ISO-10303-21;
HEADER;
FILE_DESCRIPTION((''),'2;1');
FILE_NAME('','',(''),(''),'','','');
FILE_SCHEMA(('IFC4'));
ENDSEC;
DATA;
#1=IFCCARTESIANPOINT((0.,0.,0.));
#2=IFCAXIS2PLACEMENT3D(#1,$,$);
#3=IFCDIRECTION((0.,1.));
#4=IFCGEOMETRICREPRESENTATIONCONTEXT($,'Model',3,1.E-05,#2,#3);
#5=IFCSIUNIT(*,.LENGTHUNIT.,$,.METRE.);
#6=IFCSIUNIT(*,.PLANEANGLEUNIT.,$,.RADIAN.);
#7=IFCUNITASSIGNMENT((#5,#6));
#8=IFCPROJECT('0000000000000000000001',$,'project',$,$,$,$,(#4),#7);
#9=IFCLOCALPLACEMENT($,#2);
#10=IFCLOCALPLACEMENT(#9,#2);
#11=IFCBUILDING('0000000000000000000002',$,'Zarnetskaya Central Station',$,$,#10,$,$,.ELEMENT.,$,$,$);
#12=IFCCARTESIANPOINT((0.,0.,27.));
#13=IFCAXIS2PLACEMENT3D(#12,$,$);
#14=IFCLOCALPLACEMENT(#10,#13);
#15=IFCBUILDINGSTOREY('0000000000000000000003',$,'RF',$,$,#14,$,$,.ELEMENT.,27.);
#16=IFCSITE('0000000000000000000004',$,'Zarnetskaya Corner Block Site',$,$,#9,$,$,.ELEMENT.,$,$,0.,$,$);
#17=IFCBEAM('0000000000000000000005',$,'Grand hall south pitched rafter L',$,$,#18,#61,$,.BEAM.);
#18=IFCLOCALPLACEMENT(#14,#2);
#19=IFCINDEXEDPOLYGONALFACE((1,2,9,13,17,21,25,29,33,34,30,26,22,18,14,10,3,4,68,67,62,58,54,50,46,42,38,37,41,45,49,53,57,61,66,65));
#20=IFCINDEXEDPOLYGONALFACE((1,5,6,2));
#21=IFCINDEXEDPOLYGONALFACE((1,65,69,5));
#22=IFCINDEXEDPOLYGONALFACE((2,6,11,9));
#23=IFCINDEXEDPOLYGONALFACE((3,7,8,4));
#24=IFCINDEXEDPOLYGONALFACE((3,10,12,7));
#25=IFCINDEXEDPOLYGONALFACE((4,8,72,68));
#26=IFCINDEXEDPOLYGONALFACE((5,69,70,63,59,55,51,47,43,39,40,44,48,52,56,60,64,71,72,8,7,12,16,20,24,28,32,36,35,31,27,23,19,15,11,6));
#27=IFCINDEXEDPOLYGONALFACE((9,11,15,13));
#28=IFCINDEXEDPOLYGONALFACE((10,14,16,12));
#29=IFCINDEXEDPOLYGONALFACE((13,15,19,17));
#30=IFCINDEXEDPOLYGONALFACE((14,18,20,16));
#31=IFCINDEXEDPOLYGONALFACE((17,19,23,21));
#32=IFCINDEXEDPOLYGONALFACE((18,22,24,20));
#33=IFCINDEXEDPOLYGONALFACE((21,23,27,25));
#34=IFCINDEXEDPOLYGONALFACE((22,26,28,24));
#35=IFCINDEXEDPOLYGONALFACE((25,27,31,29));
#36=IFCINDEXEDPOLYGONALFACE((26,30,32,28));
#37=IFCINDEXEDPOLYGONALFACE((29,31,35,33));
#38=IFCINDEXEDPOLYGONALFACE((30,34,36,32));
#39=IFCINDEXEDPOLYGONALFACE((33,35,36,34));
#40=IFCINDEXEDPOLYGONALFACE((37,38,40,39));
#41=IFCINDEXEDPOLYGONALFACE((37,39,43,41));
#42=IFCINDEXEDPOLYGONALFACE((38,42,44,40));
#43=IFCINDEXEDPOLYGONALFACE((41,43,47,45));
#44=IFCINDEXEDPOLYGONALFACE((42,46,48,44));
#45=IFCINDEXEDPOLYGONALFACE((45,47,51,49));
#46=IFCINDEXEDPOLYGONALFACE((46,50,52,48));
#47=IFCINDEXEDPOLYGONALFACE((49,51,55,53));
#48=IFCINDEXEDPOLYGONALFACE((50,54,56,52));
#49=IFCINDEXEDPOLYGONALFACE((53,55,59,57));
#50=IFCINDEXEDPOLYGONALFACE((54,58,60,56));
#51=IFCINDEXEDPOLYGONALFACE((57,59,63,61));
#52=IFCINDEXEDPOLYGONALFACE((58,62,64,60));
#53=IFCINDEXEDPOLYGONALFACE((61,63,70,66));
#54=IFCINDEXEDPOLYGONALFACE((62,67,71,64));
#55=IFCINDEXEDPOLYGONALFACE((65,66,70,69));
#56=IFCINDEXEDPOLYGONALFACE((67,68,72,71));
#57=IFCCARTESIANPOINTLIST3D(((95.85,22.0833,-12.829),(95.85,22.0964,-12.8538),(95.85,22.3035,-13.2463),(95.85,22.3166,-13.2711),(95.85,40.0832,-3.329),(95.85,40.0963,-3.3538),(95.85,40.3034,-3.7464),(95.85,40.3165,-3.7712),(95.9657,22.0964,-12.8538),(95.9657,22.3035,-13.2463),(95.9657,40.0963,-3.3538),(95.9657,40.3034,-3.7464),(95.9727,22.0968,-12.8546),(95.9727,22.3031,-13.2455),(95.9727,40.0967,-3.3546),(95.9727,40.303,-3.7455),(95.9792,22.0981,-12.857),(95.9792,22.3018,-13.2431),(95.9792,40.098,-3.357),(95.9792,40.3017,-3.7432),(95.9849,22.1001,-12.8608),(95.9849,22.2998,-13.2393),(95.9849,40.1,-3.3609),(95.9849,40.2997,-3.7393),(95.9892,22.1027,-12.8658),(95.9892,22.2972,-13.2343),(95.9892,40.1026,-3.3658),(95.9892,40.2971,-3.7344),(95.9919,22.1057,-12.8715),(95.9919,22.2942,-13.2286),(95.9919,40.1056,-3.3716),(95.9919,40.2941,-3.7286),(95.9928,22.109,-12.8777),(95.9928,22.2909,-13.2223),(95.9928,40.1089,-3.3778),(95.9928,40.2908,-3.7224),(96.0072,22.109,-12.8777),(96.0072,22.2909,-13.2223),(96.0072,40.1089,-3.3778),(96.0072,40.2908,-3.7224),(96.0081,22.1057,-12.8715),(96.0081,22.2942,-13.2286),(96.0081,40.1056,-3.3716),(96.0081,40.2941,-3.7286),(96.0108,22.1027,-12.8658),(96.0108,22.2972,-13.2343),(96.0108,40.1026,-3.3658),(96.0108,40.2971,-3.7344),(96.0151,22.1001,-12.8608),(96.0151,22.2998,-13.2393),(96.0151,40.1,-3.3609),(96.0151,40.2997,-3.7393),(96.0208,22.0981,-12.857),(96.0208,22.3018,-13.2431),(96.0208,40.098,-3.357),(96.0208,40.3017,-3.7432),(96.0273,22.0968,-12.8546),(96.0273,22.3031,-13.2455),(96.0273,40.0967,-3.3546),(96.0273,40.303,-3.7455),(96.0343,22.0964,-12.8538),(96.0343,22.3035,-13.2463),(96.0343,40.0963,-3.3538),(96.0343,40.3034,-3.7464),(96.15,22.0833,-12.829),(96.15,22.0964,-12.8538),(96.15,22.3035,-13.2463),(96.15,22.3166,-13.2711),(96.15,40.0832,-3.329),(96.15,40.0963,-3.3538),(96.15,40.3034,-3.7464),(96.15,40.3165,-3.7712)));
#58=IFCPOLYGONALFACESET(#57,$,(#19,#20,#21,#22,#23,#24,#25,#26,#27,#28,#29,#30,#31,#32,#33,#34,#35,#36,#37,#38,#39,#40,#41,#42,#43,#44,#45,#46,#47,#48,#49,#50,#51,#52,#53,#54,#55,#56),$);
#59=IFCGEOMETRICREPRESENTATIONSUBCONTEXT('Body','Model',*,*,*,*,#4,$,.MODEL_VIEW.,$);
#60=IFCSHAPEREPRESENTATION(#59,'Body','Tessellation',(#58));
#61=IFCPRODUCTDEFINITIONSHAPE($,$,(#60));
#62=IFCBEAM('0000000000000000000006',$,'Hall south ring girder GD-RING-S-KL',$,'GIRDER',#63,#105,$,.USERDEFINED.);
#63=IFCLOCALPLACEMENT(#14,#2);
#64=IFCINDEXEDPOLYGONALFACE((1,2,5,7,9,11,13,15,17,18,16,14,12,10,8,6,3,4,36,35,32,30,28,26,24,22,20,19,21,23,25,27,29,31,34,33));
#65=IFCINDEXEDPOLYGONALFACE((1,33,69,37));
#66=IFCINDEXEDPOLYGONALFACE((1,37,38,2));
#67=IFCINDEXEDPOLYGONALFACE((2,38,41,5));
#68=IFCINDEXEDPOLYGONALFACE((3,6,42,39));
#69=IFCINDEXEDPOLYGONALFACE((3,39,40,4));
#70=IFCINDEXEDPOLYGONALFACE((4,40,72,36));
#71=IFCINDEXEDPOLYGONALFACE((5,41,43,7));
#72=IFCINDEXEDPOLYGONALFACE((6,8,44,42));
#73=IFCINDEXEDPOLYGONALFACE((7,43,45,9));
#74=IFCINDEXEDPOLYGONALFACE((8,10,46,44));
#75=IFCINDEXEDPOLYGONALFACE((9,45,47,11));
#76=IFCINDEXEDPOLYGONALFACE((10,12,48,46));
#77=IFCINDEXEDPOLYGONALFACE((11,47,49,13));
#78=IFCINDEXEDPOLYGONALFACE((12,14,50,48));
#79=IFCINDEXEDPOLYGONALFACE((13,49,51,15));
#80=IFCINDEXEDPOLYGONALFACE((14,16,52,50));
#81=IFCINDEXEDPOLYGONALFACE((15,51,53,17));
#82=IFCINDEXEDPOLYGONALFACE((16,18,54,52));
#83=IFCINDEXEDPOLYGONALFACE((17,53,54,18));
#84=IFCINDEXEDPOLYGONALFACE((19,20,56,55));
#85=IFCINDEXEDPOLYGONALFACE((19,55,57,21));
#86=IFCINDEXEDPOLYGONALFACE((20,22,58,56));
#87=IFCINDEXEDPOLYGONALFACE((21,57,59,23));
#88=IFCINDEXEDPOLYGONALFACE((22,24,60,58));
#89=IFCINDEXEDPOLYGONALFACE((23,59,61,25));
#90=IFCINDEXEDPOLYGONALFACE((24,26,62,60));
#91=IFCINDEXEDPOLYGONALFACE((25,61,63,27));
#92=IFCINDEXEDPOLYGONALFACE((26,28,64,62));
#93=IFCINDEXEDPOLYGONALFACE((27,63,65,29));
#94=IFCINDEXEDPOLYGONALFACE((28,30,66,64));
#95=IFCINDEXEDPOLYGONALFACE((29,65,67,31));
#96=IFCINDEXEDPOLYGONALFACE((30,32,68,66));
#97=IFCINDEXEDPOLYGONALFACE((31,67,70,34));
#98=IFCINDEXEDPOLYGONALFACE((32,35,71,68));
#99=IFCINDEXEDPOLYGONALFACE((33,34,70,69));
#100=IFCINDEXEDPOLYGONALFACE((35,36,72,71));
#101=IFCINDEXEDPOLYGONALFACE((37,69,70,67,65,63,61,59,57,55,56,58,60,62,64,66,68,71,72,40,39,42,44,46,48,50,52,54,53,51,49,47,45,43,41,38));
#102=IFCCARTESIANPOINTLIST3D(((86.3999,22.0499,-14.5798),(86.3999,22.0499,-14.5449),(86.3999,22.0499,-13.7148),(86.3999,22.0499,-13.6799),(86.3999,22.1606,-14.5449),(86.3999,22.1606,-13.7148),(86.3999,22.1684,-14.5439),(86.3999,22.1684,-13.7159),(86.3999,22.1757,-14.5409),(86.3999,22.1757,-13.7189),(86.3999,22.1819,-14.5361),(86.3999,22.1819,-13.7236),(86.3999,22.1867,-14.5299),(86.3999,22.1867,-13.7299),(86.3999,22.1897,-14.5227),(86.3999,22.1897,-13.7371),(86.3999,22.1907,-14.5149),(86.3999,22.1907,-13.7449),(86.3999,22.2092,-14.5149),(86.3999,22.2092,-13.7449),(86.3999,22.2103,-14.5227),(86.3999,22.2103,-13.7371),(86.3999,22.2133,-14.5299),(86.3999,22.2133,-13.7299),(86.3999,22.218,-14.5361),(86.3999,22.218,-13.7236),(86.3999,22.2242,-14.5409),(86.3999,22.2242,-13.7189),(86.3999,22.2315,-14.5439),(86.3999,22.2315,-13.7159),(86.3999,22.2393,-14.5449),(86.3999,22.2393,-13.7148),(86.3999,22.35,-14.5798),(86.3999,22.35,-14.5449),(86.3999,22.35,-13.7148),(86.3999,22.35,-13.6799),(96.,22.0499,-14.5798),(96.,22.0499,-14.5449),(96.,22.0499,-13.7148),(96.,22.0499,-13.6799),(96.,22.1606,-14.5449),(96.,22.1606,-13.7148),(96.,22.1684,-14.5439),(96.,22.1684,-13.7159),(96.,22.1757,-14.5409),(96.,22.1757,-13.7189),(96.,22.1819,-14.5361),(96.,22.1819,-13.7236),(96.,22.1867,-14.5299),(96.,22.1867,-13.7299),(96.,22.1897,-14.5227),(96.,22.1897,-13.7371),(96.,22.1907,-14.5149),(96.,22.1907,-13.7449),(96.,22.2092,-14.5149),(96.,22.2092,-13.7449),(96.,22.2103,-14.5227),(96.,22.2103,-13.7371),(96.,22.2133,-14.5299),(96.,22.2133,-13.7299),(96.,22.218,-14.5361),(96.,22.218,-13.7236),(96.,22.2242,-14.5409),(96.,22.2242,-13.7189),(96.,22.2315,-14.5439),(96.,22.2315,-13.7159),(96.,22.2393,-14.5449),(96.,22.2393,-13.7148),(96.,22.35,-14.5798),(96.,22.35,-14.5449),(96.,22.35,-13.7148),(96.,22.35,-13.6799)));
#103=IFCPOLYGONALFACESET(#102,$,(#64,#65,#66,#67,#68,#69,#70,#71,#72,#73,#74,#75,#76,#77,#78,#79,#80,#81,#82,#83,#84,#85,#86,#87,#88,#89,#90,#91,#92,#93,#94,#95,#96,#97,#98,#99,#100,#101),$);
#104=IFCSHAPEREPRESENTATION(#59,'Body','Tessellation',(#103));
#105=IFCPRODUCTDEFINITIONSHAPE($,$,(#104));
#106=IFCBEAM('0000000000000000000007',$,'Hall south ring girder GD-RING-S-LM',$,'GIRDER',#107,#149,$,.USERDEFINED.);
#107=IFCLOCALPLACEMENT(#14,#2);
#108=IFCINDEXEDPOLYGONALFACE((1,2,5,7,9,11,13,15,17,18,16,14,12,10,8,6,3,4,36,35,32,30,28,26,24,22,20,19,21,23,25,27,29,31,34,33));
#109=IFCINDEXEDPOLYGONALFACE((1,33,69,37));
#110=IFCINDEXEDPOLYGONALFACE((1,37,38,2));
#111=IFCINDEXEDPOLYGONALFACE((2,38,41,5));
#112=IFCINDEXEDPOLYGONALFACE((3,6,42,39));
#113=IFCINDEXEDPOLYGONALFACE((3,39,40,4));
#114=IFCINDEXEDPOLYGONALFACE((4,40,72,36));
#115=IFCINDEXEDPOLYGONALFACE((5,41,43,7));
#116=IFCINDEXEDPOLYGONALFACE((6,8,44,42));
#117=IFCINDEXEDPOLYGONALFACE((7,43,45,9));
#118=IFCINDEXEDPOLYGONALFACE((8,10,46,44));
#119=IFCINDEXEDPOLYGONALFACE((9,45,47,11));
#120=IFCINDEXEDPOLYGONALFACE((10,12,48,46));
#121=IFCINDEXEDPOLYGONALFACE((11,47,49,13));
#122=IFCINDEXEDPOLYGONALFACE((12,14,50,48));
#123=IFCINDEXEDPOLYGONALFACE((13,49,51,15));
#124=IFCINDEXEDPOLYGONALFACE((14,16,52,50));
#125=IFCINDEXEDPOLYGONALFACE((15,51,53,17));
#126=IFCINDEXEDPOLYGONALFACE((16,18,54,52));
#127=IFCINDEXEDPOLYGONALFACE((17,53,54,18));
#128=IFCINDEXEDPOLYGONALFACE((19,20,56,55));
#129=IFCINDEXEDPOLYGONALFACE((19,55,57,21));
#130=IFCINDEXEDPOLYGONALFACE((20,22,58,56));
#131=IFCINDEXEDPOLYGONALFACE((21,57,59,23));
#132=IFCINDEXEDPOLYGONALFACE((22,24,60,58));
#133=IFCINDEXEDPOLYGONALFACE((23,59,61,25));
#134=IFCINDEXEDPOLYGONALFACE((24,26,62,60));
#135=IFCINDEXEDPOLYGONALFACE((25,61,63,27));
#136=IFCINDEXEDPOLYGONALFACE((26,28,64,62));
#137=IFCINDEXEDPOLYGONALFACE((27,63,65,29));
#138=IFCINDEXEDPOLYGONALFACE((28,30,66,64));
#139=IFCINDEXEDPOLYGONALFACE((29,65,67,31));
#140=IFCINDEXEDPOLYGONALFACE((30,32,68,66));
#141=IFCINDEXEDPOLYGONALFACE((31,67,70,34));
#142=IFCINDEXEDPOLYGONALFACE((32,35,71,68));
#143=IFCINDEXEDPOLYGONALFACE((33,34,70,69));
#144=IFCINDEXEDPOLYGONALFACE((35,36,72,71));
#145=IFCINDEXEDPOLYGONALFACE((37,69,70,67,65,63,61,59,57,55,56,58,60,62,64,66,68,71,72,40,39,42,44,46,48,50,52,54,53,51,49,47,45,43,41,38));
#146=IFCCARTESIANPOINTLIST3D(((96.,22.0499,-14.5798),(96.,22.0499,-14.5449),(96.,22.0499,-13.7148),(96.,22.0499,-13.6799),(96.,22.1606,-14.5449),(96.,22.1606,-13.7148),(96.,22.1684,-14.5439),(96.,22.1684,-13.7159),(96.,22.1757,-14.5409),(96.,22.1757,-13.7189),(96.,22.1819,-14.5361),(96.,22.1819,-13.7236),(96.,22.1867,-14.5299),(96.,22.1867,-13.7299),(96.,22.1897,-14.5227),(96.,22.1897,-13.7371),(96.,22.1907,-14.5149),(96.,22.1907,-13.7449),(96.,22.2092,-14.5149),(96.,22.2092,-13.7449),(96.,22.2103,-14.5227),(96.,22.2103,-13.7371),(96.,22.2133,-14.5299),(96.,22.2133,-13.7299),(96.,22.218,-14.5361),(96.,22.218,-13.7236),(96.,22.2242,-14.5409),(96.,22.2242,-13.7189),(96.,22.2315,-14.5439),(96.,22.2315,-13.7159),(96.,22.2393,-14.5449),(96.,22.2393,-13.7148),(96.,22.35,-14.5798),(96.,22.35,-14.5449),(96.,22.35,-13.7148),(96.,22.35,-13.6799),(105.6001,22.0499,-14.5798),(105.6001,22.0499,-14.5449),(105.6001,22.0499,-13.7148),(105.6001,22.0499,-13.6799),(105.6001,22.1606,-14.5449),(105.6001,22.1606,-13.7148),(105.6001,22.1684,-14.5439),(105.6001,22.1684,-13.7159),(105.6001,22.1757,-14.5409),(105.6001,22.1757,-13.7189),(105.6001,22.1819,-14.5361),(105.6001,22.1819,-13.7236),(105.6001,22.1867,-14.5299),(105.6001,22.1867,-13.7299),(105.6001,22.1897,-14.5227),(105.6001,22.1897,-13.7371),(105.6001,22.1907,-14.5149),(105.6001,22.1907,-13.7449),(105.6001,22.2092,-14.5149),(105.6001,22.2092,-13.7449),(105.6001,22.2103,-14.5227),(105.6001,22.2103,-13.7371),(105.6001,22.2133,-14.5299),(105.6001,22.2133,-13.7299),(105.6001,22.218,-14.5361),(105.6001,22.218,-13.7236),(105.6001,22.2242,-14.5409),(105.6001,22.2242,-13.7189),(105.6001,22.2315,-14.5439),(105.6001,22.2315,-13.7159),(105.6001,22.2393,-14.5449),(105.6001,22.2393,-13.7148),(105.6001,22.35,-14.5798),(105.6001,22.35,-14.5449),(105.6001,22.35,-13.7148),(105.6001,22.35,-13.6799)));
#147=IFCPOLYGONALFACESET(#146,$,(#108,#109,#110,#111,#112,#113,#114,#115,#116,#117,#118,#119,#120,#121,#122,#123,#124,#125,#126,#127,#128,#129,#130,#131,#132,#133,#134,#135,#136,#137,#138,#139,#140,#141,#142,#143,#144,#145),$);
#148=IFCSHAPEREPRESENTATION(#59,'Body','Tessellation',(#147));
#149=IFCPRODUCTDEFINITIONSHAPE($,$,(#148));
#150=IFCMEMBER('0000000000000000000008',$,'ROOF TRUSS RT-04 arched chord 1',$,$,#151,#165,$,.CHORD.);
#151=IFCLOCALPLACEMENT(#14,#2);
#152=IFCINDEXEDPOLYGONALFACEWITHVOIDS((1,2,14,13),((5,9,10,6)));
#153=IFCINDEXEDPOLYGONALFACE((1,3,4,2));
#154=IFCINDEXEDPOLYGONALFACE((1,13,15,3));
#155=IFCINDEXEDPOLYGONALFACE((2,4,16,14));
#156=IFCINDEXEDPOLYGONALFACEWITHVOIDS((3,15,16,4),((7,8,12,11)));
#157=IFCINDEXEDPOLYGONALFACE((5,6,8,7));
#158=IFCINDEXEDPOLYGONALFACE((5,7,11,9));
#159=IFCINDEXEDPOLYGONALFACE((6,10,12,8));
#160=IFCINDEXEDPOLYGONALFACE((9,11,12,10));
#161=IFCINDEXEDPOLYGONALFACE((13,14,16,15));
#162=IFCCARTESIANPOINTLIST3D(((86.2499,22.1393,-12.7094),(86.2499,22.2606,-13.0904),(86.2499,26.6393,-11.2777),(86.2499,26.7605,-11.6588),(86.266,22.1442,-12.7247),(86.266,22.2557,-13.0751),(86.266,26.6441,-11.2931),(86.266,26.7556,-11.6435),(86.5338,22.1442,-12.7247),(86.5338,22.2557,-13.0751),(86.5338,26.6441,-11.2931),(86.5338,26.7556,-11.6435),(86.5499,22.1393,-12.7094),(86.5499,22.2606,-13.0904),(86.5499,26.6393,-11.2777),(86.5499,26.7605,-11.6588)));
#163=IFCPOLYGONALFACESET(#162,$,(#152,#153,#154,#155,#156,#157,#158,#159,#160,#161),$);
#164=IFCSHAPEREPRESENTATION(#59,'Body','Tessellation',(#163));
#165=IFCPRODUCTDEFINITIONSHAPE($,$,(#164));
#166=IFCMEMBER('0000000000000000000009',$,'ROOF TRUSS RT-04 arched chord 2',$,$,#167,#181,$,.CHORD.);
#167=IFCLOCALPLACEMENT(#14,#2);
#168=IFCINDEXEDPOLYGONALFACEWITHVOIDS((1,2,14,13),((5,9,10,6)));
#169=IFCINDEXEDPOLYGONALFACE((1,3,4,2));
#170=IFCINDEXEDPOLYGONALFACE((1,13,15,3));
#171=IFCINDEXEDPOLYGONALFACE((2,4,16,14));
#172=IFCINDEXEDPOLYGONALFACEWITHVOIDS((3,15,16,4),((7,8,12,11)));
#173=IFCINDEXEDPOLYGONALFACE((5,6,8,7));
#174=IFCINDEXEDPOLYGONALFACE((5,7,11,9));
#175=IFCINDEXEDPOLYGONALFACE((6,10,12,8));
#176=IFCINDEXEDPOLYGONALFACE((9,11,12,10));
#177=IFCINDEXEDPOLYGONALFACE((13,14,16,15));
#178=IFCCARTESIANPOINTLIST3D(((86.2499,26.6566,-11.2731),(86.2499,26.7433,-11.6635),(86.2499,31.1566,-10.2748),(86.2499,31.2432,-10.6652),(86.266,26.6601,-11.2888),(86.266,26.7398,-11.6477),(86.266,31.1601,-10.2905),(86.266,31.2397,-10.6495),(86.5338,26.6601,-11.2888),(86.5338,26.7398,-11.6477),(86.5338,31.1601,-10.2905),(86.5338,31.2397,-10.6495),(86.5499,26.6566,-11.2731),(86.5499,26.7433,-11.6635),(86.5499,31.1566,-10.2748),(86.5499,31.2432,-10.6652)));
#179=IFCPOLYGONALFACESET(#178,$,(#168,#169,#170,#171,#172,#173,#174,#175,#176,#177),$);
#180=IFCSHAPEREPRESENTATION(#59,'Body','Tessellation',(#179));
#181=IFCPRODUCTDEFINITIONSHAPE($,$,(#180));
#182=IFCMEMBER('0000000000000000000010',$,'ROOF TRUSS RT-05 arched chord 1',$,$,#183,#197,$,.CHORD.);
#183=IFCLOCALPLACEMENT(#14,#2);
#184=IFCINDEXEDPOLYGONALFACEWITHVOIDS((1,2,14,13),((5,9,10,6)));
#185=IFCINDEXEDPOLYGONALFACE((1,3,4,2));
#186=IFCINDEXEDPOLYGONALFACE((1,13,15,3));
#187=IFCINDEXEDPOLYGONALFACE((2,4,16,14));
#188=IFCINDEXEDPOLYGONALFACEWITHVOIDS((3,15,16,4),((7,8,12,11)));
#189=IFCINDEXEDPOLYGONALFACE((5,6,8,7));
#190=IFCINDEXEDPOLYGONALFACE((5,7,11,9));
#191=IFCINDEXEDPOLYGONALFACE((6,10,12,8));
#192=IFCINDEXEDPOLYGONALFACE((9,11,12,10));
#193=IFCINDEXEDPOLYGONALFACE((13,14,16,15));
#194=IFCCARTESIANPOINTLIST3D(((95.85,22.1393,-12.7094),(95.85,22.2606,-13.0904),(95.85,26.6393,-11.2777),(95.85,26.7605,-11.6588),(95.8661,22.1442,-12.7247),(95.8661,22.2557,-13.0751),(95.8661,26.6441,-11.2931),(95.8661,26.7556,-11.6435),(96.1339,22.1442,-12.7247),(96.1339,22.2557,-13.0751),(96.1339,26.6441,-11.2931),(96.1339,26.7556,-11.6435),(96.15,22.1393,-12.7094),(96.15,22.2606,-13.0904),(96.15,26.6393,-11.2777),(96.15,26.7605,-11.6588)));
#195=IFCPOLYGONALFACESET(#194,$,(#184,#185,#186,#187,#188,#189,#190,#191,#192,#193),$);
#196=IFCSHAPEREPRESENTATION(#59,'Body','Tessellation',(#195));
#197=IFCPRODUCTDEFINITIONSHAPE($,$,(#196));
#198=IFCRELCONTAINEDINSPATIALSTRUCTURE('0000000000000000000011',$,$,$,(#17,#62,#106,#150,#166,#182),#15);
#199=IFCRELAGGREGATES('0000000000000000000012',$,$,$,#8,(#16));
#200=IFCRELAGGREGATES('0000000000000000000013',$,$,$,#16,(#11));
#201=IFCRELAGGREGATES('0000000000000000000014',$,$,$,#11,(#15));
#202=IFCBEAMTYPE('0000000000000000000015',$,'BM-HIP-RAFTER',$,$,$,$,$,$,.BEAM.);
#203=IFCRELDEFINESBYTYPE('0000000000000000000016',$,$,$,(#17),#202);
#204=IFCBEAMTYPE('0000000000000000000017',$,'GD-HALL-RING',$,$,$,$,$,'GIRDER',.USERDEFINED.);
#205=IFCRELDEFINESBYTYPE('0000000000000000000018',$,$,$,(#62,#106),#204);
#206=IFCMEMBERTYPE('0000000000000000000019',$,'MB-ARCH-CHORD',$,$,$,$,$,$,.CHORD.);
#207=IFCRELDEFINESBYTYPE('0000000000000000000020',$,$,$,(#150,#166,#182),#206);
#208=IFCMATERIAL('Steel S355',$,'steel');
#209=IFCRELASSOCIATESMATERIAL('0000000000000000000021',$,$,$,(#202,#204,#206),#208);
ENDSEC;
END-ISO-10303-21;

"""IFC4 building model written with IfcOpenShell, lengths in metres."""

from ifc_helpers import new_model, si_unit, direction, frame, origin, origin_2d, place, context, subcontext, project, spatial, hollow_rectangle, i_section, extrude, material, material_profile, profile_set, type_object, element, save


model = new_model("IFC4")

# Units and contexts
model_context = context("Model", 3, precision=1e-05, world=origin(), true_north=direction((0.0, 1.0)))
body_context = subcontext(model_context, "Body", "Model", "MODEL_VIEW")
ifc_project = project(units=[si_unit("LENGTHUNIT", "METRE"), si_unit("PLANEANGLEUNIT", "RADIAN")], contexts=[model_context])

# Site, building, storey
site_placement = place(None, origin())
site = spatial("IfcSite", under=ifc_project, at=site_placement, Name="Zarnetskaya Corner Block Site", CompositionType="ELEMENT", RefElevation=0.0)
building_placement = place(site_placement, origin())
building = spatial("IfcBuilding", under=site, at=building_placement, Name="Zarnetskaya Central Station", CompositionType="ELEMENT")
storey_placement = place(building_placement, frame((0.0, 0.0, 27.0)))
storey = spatial("IfcBuildingStorey", under=building, at=storey_placement, Name="RF", CompositionType="ELEMENT", Elevation=27.0)

# Beams
ifc_material_1 = material(Name="Steel S355", Category="steel")
ifc_material_profile_1 = material_profile(ifc_material_1, i_section(OverallWidth=0.3, OverallDepth=0.5, WebThickness=0.0144, FlangeThickness=0.0281, FilletRadius=0.0271, at=origin_2d()), Name="HEB 500")
ifc_profile_set_1 = profile_set([ifc_material_profile_1], Name="Steel S355")
beam_type_1 = type_object("IfcBeamType", Name="BM-HIP-RAFTER", PredefinedType="BEAM", material=ifc_profile_set_1)
for number, where, z_axis, x_axis, name in (
    (1, (96.0, 22.2, -13.05), (0.0, 0.884385, 0.466759), (-1.0, 0.0, 0.0), "Grand hall south pitched rafter L"),
):
    element("IfcBeam", number, at=place(storey_placement, frame(where, z_axis=z_axis, x_axis=x_axis)), inside=storey, type_object=beam_type_1, Name=name, PredefinedType="BEAM", context=body_context, shape_type="SweptSolid", body=[
        extrude(i_section(OverallWidth=0.3, OverallDepth=0.5, WebThickness=0.0144, FlangeThickness=0.0281, FilletRadius=0.0271, at=origin_2d()), origin(), (0.0, 0.0, 1.0), 20.353),
    ])
ifc_material_profile_2 = material_profile(ifc_material_1, i_section(OverallWidth=0.3, OverallDepth=0.8999, WebThickness=0.0186, FlangeThickness=0.0349, FilletRadius=0.03, at=origin_2d()), Name="HEB 900")
ifc_profile_set_2 = profile_set([ifc_material_profile_2], Name="Steel S355")
beam_type_2 = type_object("IfcBeamType", Name="GD-HALL-RING", ElementType="GIRDER", PredefinedType="USERDEFINED", material=ifc_profile_set_2)
for number, where, z_axis, x_axis, name in (
    (2, (86.3999, 22.2, -14.1299), (1.0, 0.0, 0.0), (0.0, 1.0, 0.0), "Hall south ring girder GD-RING-S-KL"),
    (3, (96.0, 22.2, -14.1299), (1.0, 0.0, 0.0), (0.0, 1.0, 0.0), "Hall south ring girder GD-RING-S-LM"),
):
    element("IfcBeam", number, at=place(storey_placement, frame(where, z_axis=z_axis, x_axis=x_axis)), inside=storey, type_object=beam_type_2, Name=name, ObjectType="GIRDER", PredefinedType="USERDEFINED", context=body_context, shape_type="SweptSolid", body=[
        extrude(i_section(OverallWidth=0.3, OverallDepth=0.8999, WebThickness=0.0186, FlangeThickness=0.0349, FilletRadius=0.03, at=origin_2d()), origin(), (0.0, 0.0, 1.0), 9.6001),
    ])

# Members
ifc_material_profile_3 = material_profile(ifc_material_1, hollow_rectangle(XDim=0.3, YDim=0.3999, WallThickness=0.0161, at=origin_2d()), Name="RHS 400x300x16")
ifc_profile_set_3 = profile_set([ifc_material_profile_3], Name="Steel S355")
member_type_1 = type_object("IfcMemberType", Name="MB-ARCH-CHORD", PredefinedType="CHORD", material=ifc_profile_set_3)
member_1_placement = place(storey_placement, frame((86.3999, 22.2, -12.8999), z_axis=(0.0, 0.952937, 0.30317), x_axis=(-1.0, 0.0, 0.0)))
element("IfcMember", 4, at=member_1_placement, inside=storey, type_object=member_type_1, Name="ROOF TRUSS RT-04 arched chord 1", PredefinedType="CHORD", context=body_context, shape_type="SweptSolid", body=[
    extrude(hollow_rectangle(XDim=0.3, YDim=0.3999, WallThickness=0.0161, at=origin_2d()), origin(), (0.0, 0.0, 1.0), 4.7222),
])
member_2_placement = place(storey_placement, frame((86.3999, 26.7, -11.4683), z_axis=(0.0, 0.976266, 0.216577), x_axis=(-1.0, 0.0, 0.0)))
element("IfcMember", 5, at=member_2_placement, inside=storey, type_object=member_type_1, Name="ROOF TRUSS RT-04 arched chord 2", PredefinedType="CHORD", context=body_context, shape_type="SweptSolid", body=[
    extrude(hollow_rectangle(XDim=0.3, YDim=0.3999, WallThickness=0.0161, at=origin_2d()), origin(), (0.0, 0.0, 1.0), 4.6094),
])
member_3_placement = place(storey_placement, frame((96.0, 22.2, -12.8999), z_axis=(0.0, 0.952937, 0.30317), x_axis=(-1.0, 0.0, 0.0)))
element("IfcMember", 6, at=member_3_placement, inside=storey, type_object=member_type_1, Name="ROOF TRUSS RT-05 arched chord 1", PredefinedType="CHORD", context=body_context, shape_type="SweptSolid", body=[
    extrude(hollow_rectangle(XDim=0.3, YDim=0.3999, WallThickness=0.0161, at=origin_2d()), origin(), (0.0, 0.0, 1.0), 4.7222),
])

save(model, "model.ifc")
